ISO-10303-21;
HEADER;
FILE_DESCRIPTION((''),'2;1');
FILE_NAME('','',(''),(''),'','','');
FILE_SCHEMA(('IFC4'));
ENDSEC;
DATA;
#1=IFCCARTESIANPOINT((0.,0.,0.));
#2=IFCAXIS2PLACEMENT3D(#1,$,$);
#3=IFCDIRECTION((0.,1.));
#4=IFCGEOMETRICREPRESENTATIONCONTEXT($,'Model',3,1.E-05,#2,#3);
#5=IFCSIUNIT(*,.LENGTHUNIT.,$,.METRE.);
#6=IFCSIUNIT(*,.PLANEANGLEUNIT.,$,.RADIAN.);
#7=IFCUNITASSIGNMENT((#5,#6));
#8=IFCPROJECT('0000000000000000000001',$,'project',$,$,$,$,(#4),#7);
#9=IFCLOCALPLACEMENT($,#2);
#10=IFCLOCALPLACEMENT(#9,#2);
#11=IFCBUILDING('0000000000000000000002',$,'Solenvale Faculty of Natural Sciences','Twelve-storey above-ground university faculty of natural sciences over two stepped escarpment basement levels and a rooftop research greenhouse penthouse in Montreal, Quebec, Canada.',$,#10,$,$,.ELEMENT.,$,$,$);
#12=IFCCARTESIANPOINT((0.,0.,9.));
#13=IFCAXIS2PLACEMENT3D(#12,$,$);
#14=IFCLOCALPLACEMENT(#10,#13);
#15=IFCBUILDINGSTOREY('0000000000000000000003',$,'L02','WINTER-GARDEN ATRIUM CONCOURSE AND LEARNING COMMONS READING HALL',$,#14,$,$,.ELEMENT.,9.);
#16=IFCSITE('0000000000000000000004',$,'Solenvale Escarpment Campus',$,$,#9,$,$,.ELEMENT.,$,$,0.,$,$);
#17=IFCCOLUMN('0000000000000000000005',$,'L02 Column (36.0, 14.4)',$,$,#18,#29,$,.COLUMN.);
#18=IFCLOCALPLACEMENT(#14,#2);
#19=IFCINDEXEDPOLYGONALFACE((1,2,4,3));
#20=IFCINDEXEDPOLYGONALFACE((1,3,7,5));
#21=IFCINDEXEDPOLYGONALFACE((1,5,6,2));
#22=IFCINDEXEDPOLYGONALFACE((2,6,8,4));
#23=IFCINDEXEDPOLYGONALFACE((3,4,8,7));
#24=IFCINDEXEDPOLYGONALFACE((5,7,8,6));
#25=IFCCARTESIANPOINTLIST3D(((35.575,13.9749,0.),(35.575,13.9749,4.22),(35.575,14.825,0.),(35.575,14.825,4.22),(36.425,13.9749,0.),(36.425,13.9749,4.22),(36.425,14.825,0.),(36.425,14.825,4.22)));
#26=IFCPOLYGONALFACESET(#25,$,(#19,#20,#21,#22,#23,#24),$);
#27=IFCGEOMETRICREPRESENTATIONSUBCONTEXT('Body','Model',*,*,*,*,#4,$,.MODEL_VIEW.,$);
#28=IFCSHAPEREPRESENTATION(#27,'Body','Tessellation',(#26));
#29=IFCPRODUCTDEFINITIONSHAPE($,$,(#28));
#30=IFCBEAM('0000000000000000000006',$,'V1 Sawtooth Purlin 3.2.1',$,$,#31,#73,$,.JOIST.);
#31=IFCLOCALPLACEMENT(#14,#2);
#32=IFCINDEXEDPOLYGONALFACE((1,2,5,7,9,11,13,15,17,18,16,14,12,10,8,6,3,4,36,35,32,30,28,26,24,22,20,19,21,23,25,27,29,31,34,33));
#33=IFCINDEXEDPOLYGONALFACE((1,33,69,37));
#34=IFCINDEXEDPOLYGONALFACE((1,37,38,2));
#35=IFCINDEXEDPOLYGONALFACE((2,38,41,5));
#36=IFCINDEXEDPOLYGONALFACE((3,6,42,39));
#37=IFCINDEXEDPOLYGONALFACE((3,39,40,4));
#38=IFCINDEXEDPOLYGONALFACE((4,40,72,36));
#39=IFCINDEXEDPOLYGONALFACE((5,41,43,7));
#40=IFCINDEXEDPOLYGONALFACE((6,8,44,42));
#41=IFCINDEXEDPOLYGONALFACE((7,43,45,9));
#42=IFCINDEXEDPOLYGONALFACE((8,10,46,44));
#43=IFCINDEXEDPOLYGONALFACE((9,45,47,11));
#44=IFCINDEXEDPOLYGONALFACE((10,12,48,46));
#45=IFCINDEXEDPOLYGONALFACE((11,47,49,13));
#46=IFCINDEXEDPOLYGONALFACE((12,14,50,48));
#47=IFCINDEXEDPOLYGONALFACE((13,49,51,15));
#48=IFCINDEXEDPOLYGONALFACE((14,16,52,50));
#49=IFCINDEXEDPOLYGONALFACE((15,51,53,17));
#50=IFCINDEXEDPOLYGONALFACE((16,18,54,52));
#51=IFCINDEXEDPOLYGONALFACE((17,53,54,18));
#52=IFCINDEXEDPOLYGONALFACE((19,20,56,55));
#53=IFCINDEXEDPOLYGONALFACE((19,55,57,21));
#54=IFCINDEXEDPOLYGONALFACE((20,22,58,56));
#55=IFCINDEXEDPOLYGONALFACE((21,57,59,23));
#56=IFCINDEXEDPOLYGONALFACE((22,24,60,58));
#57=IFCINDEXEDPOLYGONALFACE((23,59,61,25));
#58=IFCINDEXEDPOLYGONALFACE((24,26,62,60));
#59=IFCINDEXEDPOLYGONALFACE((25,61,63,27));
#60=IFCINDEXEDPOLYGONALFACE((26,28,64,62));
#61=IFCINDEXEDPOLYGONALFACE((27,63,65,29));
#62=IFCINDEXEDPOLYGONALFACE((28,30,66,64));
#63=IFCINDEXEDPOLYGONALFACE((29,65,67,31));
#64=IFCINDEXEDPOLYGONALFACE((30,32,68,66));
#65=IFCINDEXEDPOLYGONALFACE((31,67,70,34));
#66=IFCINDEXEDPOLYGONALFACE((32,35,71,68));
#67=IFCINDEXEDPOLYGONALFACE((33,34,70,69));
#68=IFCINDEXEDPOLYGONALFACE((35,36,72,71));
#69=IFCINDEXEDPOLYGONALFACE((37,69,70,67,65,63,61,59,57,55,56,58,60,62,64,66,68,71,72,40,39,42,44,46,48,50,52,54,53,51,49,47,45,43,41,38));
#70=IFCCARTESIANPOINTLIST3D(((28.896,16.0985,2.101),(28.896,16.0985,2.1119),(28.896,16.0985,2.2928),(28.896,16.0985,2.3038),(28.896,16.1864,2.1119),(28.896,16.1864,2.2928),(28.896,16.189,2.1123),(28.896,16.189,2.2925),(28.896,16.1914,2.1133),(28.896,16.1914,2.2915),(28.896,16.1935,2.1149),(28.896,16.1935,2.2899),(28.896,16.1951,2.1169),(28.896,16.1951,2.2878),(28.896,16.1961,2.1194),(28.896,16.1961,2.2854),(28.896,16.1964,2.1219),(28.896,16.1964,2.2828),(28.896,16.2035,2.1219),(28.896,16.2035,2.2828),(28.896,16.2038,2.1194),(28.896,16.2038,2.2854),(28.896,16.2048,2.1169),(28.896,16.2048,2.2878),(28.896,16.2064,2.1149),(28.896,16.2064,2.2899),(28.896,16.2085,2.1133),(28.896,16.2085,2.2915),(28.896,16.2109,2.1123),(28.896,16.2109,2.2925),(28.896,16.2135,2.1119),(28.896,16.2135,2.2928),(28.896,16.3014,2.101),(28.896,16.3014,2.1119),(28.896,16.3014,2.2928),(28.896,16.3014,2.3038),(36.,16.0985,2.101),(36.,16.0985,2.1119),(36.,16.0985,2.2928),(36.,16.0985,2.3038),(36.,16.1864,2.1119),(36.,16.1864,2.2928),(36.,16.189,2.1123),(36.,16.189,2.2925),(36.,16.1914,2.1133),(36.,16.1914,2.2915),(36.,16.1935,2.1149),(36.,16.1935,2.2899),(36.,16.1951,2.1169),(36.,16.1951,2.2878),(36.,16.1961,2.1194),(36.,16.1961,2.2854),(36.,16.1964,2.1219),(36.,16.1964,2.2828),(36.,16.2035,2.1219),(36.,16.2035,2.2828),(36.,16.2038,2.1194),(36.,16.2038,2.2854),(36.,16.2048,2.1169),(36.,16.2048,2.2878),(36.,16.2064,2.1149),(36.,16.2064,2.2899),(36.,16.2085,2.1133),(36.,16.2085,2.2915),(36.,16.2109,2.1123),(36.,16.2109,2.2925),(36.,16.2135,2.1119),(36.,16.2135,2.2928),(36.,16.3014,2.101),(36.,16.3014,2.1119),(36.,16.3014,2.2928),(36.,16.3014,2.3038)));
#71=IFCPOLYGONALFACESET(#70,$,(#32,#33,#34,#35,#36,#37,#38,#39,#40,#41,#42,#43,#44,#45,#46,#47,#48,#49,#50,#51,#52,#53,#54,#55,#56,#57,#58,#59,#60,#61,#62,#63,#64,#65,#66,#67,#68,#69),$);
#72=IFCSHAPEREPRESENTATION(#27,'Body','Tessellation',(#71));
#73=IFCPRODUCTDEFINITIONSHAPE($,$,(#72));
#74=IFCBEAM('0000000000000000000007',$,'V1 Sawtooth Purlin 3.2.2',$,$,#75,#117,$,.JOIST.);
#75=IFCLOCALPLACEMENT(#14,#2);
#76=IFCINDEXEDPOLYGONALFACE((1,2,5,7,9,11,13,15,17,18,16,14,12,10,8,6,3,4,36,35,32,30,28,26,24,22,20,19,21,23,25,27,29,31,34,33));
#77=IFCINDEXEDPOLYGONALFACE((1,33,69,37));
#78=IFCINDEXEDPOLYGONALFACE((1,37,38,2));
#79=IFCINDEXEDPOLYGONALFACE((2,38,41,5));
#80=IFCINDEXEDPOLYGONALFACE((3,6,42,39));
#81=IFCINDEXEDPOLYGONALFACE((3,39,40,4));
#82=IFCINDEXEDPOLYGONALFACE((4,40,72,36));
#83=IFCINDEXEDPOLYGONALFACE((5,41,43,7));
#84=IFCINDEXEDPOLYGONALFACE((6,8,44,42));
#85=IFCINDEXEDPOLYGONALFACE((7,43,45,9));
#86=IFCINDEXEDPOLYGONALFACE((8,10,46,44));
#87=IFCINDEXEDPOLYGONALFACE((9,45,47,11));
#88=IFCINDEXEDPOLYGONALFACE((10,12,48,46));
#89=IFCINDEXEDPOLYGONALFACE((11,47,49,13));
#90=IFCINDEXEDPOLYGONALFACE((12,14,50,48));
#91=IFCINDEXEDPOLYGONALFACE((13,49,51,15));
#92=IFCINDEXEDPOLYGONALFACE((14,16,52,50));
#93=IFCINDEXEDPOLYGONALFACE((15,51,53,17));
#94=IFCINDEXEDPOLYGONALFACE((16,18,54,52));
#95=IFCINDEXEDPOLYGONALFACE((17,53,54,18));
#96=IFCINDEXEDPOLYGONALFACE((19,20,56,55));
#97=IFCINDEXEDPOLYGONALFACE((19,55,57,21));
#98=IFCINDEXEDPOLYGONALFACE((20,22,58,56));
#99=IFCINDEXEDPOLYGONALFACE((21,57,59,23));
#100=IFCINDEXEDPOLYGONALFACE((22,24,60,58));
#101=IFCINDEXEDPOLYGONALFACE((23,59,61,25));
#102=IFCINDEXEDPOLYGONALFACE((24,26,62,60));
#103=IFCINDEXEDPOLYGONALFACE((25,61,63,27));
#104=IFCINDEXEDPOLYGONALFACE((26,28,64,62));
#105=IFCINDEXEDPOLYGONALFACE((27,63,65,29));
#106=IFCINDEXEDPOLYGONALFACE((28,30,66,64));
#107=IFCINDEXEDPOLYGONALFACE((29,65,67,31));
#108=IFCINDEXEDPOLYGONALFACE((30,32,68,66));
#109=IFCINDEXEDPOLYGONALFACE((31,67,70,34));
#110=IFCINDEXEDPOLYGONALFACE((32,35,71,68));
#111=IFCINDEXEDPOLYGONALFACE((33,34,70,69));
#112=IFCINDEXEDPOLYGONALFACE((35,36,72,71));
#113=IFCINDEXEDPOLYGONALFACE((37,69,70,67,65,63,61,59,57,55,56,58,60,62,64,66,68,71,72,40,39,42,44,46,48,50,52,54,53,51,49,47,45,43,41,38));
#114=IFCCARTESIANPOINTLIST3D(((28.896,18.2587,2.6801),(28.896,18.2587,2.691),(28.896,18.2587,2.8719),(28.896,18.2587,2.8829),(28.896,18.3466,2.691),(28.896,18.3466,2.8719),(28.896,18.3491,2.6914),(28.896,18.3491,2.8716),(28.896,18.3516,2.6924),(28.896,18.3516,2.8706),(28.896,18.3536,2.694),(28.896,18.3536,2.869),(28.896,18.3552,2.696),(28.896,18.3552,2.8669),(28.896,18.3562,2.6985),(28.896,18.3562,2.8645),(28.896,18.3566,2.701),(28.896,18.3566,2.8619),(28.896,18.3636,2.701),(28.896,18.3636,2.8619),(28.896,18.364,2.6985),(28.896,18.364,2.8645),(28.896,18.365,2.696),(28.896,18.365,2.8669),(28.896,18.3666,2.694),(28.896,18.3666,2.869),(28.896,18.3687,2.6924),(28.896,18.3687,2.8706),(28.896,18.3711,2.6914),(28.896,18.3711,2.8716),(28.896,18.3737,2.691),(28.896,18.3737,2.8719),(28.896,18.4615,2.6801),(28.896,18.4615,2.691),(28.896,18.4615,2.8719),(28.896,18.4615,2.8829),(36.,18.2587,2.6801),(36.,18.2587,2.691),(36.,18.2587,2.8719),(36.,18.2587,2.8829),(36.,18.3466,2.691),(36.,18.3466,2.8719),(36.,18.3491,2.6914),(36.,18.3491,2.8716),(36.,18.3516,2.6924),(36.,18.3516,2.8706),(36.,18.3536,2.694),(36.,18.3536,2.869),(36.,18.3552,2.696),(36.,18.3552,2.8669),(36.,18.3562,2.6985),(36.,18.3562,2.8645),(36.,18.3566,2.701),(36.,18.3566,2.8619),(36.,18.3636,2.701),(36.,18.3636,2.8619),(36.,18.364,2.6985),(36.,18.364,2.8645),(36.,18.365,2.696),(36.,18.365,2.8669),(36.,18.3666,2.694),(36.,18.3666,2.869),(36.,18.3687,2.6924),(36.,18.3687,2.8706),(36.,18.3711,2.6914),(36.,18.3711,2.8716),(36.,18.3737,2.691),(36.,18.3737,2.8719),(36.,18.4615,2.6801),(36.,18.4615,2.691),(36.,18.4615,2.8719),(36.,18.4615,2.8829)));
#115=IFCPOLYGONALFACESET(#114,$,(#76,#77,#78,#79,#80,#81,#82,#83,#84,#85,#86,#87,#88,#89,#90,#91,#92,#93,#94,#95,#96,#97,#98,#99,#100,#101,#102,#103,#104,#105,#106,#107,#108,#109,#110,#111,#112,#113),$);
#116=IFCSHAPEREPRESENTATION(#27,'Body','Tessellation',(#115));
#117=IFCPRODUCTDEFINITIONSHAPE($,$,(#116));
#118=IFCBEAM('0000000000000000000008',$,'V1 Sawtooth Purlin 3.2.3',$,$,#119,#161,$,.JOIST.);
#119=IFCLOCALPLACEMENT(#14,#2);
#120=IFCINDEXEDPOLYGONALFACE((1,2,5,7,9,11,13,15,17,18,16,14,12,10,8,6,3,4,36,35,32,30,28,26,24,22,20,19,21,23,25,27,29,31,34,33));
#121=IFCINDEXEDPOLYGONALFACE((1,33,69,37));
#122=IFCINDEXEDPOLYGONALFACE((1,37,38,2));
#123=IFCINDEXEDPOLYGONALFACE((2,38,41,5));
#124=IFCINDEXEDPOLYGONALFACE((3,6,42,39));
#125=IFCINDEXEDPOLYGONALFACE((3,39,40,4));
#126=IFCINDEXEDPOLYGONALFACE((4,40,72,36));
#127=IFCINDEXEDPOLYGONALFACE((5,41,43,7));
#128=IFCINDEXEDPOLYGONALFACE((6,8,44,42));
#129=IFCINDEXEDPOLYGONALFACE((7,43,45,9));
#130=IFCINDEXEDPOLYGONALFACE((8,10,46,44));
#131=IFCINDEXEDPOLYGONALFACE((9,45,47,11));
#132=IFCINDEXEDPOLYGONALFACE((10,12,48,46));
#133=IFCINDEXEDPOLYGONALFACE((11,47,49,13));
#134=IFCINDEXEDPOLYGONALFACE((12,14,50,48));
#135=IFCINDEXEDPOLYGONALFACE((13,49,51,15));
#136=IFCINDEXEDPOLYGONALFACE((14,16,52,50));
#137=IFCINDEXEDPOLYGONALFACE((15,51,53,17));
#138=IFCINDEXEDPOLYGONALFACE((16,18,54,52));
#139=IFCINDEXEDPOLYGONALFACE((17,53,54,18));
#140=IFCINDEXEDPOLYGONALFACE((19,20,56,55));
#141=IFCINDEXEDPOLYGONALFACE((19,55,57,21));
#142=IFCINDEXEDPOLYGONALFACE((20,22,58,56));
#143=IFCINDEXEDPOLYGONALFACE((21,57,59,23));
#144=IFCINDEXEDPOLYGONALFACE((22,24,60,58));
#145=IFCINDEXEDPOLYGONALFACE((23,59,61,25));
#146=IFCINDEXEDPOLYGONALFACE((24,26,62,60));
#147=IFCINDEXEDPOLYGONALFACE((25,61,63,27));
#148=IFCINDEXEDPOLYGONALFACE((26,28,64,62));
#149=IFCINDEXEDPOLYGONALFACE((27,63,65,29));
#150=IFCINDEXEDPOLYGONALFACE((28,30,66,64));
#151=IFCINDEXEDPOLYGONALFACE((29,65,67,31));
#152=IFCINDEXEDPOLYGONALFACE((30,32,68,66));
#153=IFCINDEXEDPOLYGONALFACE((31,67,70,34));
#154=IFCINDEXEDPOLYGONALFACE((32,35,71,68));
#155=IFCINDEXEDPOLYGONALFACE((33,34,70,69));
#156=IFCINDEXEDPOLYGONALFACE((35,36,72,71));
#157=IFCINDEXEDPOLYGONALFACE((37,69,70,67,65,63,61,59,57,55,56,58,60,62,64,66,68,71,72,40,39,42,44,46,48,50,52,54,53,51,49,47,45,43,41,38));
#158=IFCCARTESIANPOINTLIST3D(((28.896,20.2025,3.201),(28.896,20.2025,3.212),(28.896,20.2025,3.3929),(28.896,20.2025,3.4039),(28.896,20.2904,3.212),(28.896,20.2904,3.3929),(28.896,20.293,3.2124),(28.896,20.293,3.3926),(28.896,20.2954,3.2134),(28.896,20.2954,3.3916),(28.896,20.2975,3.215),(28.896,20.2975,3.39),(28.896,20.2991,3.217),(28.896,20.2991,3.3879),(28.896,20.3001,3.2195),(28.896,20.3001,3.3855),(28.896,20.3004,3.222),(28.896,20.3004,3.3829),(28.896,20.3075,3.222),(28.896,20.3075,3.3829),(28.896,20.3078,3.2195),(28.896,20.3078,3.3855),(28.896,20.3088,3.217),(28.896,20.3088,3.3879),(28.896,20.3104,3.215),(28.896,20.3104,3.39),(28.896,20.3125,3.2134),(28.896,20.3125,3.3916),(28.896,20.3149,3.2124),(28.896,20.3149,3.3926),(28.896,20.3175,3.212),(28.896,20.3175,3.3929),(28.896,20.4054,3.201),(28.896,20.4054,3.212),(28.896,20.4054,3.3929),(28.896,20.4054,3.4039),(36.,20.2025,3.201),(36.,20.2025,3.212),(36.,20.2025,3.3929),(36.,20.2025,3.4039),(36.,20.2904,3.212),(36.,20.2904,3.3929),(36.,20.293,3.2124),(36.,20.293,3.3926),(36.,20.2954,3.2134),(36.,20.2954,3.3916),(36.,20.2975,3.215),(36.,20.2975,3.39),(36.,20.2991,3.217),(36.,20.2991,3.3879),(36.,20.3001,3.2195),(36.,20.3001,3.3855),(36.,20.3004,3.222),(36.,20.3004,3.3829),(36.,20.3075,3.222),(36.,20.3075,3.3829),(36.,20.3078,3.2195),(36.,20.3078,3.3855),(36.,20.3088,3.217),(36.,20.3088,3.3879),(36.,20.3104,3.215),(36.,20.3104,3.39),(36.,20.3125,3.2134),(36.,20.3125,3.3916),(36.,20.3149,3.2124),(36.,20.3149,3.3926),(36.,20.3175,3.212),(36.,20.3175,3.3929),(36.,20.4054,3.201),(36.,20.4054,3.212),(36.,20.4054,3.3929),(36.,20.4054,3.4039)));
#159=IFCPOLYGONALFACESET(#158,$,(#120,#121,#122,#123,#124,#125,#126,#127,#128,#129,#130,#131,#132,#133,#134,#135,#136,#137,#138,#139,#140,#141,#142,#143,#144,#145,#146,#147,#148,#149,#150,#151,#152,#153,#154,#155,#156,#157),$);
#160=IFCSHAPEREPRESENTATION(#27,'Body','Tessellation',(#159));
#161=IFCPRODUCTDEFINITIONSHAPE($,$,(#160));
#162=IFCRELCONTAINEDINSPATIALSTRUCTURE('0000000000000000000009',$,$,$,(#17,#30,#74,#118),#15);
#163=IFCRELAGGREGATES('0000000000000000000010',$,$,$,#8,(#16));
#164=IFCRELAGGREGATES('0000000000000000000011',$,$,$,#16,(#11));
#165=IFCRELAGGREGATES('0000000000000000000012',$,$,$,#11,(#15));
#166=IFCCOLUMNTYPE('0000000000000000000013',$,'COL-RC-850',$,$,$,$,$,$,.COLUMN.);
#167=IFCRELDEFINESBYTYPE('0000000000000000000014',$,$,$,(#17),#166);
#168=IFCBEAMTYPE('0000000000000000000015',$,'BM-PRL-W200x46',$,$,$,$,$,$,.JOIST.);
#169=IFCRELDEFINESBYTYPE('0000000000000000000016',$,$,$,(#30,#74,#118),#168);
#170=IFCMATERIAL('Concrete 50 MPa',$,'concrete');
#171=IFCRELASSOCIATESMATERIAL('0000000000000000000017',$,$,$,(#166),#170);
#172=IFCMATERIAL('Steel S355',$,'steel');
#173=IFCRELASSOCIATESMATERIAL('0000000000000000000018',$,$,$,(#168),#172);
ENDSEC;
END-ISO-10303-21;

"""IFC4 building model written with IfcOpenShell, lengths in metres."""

from ifc_helpers import new_model, si_unit, direction, frame, origin, origin_2d, place, context, subcontext, project, spatial, rectangle, i_section, extrude, material, material_profile, profile_set, type_object, element, save


model = new_model("IFC4")

# Units and contexts
model_context = context("Model", 3, precision=1e-05, world=origin(), true_north=direction((0.0, 1.0)))
body_context = subcontext(model_context, "Body", "Model", "MODEL_VIEW")
ifc_project = project(units=[si_unit("LENGTHUNIT", "METRE"), si_unit("PLANEANGLEUNIT", "RADIAN")], contexts=[model_context])

# Site, building, storey
site_placement = place(None, origin())
site = spatial("IfcSite", under=ifc_project, at=site_placement, Name="Solenvale Escarpment Campus", CompositionType="ELEMENT", RefElevation=0.0)
building_placement = place(site_placement, origin())
building = spatial("IfcBuilding", under=site, at=building_placement, Name="Solenvale Faculty of Natural Sciences", Description="Twelve-storey above-ground university faculty of natural sciences over two stepped escarpment basement levels and a rooftop research greenhouse penthouse in Montreal, Quebec, Canada.", CompositionType="ELEMENT")
storey_placement = place(building_placement, frame((0.0, 0.0, 9.0)))
storey = spatial("IfcBuildingStorey", under=building, at=storey_placement, Name="L02", Description="WINTER-GARDEN ATRIUM CONCOURSE AND LEARNING COMMONS READING HALL", CompositionType="ELEMENT", Elevation=9.0)

# Column
ifc_material_1 = material(Name="Concrete 50 MPa", Category="concrete")
ifc_material_profile_1 = material_profile(ifc_material_1, rectangle(XDim=0.8501, YDim=0.8501, at=origin_2d()), Name="RC-COL-850x850")
ifc_profile_set_1 = profile_set([ifc_material_profile_1], Name="Concrete 50 MPa")
column_type = type_object("IfcColumnType", Name="COL-RC-850", PredefinedType="COLUMN", material=ifc_profile_set_1)
column_placement = place(storey_placement, frame((36.0, 14.3999, 0.0), z_axis=(0.0, 0.0, 1.0), x_axis=(1.0, 0.0, 0.0)))
element("IfcColumn", 1, at=column_placement, inside=storey, type_object=column_type, Name="L02 Column (36.0, 14.4)", PredefinedType="COLUMN", context=body_context, shape_type="SweptSolid", body=[
    extrude(rectangle(XDim=0.8501, YDim=0.8501, at=origin_2d()), origin(), (0.0, 0.0, 1.0), 4.22),
])

# Beams
ifc_material_2 = material(Name="Steel S355", Category="steel")
ifc_material_profile_2 = material_profile(ifc_material_2, i_section(OverallWidth=0.2029, OverallDepth=0.2029, WebThickness=0.0071, FlangeThickness=0.011, FilletRadius=0.01, at=origin_2d()), Name="W200x46")
ifc_profile_set_2 = profile_set([ifc_material_profile_2], Name="Steel S355")
beam_type_1 = type_object("IfcBeamType", Name="BM-PRL-W200x46", PredefinedType="JOIST", material=ifc_profile_set_2)
for number, where, z_axis, x_axis, name in (
    (2, (28.896, 16.2, 2.2024), (1.0, 0.0, 0.0), (0.0, 1.0, 0.0), "V1 Sawtooth Purlin 3.2.1"),
    (3, (28.896, 18.3601, 2.7815), (1.0, 0.0, 0.0), (0.0, 1.0, 0.0), "V1 Sawtooth Purlin 3.2.2"),
    (4, (28.896, 20.304, 3.3025), (1.0, 0.0, 0.0), (0.0, 1.0, 0.0), "V1 Sawtooth Purlin 3.2.3"),
):
    element("IfcBeam", number, at=place(storey_placement, frame(where, z_axis=z_axis, x_axis=x_axis)), inside=storey, type_object=beam_type_1, Name=name, PredefinedType="JOIST", context=body_context, shape_type="SweptSolid", body=[
        extrude(i_section(OverallWidth=0.2029, OverallDepth=0.2029, WebThickness=0.0071, FlangeThickness=0.011, FilletRadius=0.01, at=origin_2d()), origin(), (0.0, 0.0, 1.0), 7.104),
    ])

save(model, "model.ifc")
